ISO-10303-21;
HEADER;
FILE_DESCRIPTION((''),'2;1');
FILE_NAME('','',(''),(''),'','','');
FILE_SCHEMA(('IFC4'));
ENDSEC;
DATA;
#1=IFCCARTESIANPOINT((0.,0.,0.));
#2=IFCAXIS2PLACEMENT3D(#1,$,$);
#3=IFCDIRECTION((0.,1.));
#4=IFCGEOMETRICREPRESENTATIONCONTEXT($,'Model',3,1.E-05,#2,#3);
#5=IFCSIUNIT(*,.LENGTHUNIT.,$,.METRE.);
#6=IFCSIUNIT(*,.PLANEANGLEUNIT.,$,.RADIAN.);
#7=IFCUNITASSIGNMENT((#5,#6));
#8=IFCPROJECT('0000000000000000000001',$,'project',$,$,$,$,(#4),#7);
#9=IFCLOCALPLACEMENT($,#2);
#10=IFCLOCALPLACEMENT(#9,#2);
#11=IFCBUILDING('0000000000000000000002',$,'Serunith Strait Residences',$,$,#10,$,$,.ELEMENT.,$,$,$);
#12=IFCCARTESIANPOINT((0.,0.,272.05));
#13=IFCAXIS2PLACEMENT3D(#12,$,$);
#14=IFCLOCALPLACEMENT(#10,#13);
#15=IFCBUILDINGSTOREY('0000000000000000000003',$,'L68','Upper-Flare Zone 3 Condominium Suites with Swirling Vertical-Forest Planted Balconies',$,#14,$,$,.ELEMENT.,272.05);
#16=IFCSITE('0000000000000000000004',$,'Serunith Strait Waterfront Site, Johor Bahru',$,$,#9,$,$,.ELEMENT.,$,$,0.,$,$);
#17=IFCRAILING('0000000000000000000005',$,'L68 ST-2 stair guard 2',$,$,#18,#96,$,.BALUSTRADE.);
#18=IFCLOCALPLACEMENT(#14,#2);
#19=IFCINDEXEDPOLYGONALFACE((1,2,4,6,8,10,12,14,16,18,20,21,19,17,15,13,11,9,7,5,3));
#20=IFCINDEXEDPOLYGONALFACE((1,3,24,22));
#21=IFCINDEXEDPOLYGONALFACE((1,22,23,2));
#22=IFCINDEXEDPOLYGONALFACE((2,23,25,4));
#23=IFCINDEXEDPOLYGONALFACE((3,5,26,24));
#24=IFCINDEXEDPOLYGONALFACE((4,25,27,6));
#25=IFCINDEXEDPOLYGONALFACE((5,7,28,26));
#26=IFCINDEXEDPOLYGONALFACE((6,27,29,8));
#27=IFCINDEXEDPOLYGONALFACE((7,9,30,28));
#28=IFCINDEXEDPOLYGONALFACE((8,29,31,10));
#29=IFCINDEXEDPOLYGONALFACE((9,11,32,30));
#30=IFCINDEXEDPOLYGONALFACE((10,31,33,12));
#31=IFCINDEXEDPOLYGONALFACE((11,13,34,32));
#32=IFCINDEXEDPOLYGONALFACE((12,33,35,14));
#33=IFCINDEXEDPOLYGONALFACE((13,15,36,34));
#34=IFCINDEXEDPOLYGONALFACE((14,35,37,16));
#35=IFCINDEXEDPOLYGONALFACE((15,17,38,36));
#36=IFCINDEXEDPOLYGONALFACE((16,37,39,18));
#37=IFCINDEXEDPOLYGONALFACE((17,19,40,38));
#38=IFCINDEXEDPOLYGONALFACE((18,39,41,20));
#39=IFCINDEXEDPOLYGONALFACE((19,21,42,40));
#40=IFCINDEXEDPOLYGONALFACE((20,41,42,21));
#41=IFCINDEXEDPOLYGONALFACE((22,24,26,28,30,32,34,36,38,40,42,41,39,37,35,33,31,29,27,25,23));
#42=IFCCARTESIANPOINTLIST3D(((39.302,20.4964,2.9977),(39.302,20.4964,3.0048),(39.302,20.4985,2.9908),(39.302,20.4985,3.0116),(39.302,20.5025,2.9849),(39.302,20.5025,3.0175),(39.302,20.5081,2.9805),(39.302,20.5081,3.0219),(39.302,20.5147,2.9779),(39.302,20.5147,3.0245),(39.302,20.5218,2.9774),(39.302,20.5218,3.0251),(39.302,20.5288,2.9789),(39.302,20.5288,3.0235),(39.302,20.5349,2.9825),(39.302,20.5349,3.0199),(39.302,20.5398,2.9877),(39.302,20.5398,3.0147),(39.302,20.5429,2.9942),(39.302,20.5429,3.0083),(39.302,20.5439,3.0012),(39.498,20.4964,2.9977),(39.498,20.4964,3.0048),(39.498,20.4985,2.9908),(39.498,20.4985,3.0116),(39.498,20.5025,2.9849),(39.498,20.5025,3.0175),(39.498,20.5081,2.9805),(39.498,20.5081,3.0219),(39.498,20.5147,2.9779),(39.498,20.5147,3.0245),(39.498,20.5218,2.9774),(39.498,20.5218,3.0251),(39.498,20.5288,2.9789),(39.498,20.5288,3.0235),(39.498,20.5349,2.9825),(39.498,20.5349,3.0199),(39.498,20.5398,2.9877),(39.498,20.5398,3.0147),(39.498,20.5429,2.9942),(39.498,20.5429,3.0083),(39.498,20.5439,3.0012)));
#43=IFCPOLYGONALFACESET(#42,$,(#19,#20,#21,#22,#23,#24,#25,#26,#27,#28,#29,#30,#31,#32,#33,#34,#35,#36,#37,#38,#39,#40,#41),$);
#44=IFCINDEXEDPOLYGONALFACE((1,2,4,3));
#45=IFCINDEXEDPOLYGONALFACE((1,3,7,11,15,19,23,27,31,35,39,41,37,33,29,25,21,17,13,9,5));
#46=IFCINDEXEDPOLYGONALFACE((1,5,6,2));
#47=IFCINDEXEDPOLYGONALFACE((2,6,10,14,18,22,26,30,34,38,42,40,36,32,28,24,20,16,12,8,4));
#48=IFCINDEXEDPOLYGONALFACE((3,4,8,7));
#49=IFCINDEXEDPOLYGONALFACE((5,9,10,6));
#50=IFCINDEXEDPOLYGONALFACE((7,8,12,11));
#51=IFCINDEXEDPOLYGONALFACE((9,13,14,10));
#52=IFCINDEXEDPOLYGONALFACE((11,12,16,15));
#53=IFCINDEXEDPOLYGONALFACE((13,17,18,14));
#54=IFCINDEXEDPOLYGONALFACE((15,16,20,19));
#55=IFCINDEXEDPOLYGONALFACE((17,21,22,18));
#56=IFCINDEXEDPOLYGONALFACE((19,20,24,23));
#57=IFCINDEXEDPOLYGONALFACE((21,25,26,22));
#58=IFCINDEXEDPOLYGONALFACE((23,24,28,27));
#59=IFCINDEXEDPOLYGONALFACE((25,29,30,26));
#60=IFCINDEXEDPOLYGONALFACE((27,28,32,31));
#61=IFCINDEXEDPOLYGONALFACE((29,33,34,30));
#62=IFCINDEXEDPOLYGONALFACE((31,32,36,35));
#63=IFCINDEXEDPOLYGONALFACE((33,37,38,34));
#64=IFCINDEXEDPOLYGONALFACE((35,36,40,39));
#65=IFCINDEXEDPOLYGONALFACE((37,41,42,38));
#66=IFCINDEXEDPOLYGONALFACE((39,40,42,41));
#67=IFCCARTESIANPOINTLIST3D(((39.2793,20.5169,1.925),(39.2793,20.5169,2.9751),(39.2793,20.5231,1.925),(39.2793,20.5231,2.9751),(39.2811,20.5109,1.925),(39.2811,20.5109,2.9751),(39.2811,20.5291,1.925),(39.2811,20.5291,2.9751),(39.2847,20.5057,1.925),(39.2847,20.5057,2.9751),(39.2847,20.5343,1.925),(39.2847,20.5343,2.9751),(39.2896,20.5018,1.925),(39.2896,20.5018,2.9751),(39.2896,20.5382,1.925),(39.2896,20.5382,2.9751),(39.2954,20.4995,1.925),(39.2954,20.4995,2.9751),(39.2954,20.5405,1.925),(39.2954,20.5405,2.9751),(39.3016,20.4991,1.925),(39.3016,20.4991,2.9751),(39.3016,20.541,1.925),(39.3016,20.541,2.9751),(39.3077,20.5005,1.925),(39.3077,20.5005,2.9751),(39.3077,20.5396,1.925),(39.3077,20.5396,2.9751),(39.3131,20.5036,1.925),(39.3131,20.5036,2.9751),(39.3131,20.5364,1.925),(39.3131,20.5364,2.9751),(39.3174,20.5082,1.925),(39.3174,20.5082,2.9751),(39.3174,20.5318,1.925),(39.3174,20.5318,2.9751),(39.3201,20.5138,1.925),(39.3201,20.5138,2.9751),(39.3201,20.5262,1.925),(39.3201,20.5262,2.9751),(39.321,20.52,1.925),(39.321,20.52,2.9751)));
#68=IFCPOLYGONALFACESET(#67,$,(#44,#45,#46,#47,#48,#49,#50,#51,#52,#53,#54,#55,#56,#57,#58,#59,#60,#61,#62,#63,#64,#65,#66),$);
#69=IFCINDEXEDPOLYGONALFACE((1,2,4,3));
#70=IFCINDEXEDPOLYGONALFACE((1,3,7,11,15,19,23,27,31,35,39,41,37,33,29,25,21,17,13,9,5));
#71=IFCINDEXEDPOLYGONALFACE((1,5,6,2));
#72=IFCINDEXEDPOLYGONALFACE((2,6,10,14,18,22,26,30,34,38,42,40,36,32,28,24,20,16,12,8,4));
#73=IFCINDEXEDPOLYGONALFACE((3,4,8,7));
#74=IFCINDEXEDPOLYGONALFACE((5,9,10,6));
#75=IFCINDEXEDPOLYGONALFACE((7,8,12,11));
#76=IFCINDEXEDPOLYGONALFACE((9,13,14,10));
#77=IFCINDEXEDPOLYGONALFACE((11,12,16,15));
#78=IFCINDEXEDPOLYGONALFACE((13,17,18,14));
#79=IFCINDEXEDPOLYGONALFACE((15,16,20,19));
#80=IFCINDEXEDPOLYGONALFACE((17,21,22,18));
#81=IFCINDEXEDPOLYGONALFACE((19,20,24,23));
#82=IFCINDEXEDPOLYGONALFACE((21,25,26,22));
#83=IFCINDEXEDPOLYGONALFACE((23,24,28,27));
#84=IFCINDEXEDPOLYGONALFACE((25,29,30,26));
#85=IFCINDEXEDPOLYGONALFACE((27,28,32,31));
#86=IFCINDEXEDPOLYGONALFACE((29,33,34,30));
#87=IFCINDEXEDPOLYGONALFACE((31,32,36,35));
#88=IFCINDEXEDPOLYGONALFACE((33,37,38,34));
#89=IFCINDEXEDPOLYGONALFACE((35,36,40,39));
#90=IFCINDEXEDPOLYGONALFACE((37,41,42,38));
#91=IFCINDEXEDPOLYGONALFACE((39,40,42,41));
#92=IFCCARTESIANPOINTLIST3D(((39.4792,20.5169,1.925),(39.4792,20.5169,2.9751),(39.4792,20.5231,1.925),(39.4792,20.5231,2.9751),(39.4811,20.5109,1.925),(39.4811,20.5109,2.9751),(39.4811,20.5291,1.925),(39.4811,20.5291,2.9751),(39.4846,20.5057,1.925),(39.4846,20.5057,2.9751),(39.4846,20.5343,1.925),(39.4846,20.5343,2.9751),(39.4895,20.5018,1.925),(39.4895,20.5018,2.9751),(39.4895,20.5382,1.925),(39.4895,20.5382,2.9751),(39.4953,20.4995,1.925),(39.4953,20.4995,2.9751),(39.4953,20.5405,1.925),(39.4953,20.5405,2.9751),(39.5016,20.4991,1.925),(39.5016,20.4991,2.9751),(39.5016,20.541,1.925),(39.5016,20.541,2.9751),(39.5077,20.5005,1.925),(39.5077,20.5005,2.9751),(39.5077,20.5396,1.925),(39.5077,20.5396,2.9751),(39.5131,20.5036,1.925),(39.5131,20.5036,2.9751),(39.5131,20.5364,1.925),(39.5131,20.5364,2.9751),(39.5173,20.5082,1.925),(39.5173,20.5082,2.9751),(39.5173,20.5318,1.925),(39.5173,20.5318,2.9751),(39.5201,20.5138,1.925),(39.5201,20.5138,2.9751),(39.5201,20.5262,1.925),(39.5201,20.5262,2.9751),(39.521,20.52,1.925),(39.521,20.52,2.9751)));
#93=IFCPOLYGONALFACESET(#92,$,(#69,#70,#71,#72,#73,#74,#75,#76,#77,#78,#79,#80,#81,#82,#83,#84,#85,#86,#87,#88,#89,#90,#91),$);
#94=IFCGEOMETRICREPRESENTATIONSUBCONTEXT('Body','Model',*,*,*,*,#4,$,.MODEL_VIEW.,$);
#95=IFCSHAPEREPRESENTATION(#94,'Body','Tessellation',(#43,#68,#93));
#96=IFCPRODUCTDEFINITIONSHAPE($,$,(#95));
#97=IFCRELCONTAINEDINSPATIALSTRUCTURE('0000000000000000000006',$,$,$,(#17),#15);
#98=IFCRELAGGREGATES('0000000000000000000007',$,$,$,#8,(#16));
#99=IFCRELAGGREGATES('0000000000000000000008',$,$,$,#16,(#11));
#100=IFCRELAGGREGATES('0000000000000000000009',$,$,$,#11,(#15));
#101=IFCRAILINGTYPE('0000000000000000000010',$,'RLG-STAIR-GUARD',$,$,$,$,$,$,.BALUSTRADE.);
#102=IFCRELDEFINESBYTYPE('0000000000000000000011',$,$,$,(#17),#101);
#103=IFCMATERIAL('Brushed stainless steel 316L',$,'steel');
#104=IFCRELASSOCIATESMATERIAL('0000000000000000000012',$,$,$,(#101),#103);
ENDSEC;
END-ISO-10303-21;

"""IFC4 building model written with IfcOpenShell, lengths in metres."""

from ifc_helpers import new_model, si_unit, direction, frame, origin, origin_2d, place, context, subcontext, project, spatial, circle, extrude, material, type_object, element, save


model = new_model("IFC4")

# Units and contexts
model_context = context("Model", 3, precision=1e-05, world=origin(), true_north=direction((0.0, 1.0)))
body_context = subcontext(model_context, "Body", "Model", "MODEL_VIEW")
ifc_project = project(units=[si_unit("LENGTHUNIT", "METRE"), si_unit("PLANEANGLEUNIT", "RADIAN")], contexts=[model_context])

# Site, building, storey
site_placement = place(None, origin())
site = spatial("IfcSite", under=ifc_project, at=site_placement, Name="Serunith Strait Waterfront Site, Johor Bahru", CompositionType="ELEMENT", RefElevation=0.0)
building_placement = place(site_placement, origin())
building = spatial("IfcBuilding", under=site, at=building_placement, Name="Serunith Strait Residences", CompositionType="ELEMENT")
storey_placement = place(building_placement, frame((0.0, 0.0, 272.05)))
storey = spatial("IfcBuildingStorey", under=building, at=storey_placement, Name="L68", Description="Upper-Flare Zone 3 Condominium Suites with Swirling Vertical-Forest Planted Balconies", CompositionType="ELEMENT", Elevation=272.05)

# Railing
ifc_material_1 = material(Name="Brushed stainless steel 316L", Category="steel")
railing_type_1 = type_object("IfcRailingType", Name="RLG-STAIR-GUARD", PredefinedType="BALUSTRADE", material=ifc_material_1)
railing_1_placement = place(storey_placement, frame((39.3, 20.52, 1.925)))
element("IfcRailing", 1, at=railing_1_placement, inside=storey, type_object=railing_type_1, Name="L68 ST-2 stair guard 2", PredefinedType="BALUSTRADE", context=body_context, shape_type="SweptSolid", body=[
    extrude(circle(Radius=0.0239, at=origin_2d()), frame((0.002, 0.0, 1.0762), z_axis=(1.0, 0.0, 0.0), x_axis=(0.0, 1.0, 0.0)), (0.0, 0.0, 1.0), 0.196),
    extrude(circle(Radius=0.021, at=origin_2d()), origin(), (0.0, 0.0, 1.0), 1.05),
    extrude(circle(Radius=0.021, at=origin_2d()), frame((0.2, 0.0, 0.0)), (0.0, 0.0, 1.0), 1.05),
])

save(model, "model.ifc")
